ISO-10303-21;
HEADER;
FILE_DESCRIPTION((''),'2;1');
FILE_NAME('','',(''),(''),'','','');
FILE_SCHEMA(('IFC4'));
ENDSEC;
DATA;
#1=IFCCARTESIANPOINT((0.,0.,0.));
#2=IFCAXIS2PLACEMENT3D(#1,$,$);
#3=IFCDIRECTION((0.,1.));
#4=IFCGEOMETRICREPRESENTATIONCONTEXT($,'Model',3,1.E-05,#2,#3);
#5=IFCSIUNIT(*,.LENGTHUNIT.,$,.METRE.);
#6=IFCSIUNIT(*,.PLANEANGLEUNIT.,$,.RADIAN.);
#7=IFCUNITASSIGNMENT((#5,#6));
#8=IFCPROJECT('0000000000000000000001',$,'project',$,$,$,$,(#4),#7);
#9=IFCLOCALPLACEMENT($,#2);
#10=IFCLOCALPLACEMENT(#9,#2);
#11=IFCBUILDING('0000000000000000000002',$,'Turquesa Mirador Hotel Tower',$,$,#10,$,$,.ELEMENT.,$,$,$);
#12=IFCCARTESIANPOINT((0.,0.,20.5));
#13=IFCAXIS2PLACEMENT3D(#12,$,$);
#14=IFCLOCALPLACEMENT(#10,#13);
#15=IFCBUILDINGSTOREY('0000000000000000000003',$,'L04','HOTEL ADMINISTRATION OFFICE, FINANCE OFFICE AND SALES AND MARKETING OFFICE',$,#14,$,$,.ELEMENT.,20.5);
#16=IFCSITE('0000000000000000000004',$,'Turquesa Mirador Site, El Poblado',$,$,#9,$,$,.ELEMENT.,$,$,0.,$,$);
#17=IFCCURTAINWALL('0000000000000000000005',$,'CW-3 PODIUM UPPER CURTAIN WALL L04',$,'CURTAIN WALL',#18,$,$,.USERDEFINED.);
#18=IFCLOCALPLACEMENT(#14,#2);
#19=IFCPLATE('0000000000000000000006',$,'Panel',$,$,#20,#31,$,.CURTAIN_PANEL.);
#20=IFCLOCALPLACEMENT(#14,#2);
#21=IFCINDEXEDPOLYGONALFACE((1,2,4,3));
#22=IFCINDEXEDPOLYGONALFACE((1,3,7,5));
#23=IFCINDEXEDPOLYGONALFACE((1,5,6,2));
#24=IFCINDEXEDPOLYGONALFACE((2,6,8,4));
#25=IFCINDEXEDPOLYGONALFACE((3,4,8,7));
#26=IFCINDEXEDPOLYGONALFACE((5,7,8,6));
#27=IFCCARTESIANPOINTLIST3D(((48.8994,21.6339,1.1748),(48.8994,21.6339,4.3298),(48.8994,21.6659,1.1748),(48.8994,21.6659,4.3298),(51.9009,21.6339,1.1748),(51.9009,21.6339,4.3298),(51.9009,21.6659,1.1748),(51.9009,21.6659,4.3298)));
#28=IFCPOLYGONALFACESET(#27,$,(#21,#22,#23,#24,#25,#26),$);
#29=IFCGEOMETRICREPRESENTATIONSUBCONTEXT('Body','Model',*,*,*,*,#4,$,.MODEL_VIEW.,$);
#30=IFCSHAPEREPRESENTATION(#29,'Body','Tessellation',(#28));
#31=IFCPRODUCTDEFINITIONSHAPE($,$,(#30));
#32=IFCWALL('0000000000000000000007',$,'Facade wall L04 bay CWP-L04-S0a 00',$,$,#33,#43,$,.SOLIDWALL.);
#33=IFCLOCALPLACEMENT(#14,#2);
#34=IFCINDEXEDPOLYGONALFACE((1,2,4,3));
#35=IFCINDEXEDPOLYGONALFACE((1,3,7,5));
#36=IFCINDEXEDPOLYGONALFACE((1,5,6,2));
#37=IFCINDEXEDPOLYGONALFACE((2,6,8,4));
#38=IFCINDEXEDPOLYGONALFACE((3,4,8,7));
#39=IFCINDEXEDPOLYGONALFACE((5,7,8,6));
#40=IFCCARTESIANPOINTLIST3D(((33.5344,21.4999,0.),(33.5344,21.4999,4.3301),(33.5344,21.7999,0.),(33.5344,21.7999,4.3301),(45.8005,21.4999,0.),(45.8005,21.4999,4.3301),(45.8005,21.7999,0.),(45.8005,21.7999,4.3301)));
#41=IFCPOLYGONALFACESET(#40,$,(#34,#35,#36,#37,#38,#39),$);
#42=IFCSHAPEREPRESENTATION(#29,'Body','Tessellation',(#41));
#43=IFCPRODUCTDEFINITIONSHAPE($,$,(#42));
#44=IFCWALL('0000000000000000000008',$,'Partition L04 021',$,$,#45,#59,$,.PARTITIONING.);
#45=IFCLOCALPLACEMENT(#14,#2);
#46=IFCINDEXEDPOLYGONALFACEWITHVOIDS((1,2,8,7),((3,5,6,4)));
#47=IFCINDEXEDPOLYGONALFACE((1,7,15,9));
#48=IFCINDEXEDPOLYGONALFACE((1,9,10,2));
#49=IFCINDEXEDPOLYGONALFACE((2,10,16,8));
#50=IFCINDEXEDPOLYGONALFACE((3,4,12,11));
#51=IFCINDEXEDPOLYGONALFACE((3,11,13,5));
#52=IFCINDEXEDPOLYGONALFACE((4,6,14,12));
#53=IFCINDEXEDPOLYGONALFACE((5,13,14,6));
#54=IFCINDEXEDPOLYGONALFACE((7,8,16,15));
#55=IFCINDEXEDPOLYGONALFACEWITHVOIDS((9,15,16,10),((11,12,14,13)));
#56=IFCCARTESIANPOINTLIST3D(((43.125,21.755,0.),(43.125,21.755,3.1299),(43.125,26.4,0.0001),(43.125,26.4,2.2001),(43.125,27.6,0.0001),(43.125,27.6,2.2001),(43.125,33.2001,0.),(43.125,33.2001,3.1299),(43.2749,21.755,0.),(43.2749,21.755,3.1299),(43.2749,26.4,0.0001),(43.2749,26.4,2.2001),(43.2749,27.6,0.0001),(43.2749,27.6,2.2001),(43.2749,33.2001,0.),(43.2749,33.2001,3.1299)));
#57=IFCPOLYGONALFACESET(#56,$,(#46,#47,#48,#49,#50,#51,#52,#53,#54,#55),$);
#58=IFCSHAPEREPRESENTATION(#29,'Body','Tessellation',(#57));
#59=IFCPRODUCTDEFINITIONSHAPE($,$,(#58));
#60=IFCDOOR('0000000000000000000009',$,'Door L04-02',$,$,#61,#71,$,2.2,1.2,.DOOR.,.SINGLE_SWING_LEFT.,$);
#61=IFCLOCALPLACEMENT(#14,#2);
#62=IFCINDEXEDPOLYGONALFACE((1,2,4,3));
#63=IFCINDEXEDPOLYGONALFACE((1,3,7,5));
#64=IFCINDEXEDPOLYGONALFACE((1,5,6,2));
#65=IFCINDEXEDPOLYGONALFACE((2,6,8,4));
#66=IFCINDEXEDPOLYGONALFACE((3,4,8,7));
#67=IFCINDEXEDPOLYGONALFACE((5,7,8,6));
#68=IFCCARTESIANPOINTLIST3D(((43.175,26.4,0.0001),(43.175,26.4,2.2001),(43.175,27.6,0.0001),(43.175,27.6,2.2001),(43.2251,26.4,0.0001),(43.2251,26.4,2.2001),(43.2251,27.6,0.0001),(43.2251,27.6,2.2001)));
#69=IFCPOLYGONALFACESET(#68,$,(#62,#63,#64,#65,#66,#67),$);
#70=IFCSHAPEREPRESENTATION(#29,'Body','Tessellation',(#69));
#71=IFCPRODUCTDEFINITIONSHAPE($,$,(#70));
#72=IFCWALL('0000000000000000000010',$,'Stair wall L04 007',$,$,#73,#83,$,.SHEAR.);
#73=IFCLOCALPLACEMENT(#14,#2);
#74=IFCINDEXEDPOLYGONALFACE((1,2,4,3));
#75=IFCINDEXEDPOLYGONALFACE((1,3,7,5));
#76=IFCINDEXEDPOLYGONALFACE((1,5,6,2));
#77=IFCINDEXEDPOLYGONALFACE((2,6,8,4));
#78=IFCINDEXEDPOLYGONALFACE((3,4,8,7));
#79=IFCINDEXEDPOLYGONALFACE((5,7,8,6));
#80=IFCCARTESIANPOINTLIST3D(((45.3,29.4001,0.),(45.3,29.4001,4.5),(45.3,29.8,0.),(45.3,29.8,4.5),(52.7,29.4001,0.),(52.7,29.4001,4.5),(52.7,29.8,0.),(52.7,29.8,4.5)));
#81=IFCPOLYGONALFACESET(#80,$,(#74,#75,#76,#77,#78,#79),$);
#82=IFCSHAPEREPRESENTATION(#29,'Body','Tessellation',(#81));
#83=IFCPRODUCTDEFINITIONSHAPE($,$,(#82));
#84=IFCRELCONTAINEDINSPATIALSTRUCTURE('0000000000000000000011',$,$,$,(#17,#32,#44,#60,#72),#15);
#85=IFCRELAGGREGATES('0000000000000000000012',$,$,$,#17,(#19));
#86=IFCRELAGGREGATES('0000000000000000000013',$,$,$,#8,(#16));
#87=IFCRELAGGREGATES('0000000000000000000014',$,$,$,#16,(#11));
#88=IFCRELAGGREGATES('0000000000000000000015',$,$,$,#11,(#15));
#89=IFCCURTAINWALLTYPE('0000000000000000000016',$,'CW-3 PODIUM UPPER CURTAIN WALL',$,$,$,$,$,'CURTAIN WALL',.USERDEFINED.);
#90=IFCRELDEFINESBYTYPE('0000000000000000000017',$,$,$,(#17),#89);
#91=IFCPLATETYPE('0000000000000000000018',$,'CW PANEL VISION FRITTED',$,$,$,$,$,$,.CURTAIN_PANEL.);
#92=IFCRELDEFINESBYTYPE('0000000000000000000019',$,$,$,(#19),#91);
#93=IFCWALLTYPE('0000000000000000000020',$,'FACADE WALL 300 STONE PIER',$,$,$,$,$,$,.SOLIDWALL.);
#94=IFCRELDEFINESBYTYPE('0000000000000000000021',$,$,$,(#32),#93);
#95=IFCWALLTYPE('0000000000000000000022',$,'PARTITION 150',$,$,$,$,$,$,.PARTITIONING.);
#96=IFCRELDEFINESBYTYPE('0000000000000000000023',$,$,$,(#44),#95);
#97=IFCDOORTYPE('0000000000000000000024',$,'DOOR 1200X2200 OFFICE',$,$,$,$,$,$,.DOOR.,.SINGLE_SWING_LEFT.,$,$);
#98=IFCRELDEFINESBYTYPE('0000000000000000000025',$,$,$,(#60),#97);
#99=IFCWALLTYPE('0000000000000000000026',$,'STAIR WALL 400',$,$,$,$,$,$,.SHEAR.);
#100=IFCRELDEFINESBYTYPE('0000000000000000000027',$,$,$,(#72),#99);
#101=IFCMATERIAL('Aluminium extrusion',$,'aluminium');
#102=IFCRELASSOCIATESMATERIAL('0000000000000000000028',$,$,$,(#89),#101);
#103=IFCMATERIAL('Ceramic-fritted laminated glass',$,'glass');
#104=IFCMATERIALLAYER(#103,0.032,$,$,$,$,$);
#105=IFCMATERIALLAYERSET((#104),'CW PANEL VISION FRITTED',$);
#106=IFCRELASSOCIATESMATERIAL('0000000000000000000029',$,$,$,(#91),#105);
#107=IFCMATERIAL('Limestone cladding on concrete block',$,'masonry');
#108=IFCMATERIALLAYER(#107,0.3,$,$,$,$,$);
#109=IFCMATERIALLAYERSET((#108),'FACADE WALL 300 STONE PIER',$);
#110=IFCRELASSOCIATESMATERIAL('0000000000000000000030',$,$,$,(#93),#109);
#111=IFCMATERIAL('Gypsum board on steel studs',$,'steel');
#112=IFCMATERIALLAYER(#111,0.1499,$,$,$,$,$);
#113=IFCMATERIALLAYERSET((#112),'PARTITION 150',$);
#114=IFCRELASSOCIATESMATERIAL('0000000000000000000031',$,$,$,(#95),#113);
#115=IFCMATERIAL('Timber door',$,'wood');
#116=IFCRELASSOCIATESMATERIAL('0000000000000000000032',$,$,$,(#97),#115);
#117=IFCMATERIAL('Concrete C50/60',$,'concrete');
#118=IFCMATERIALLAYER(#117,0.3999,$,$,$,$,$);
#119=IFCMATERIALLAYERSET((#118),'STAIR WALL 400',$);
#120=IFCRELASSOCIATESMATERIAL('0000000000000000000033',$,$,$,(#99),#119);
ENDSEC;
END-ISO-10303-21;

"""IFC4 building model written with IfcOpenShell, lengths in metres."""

from ifc_helpers import new_model, si_unit, direction, frame, frame_2d, origin, origin_2d, place, context, subcontext, project, spatial, rectangle, extrude, material, layer, layer_set, type_object, element, fill, aggregate, save


model = new_model("IFC4")

# Units and contexts
model_context = context("Model", 3, precision=1e-05, world=origin(), true_north=direction((0.0, 1.0)))
body_context = subcontext(model_context, "Body", "Model", "MODEL_VIEW")
ifc_project = project(units=[si_unit("LENGTHUNIT", "METRE"), si_unit("PLANEANGLEUNIT", "RADIAN")], contexts=[model_context])

# Site, building, storey
site_placement = place(None, origin())
site = spatial("IfcSite", under=ifc_project, at=site_placement, Name="Turquesa Mirador Site, El Poblado", CompositionType="ELEMENT", RefElevation=0.0)
building_placement = place(site_placement, origin())
building = spatial("IfcBuilding", under=site, at=building_placement, Name="Turquesa Mirador Hotel Tower", CompositionType="ELEMENT")
storey_placement = place(building_placement, frame((0.0, 0.0, 20.5)))
storey = spatial("IfcBuildingStorey", under=building, at=storey_placement, Name="L04", Description="HOTEL ADMINISTRATION OFFICE, FINANCE OFFICE AND SALES AND MARKETING OFFICE", CompositionType="ELEMENT", Elevation=20.5)

# Curtain wall
ifc_material_1 = material(Name="Aluminium extrusion", Category="aluminium")
curtain_wall_type = type_object("IfcCurtainWallType", Name="CW-3 PODIUM UPPER CURTAIN WALL", ElementType="CURTAIN WALL", PredefinedType="USERDEFINED", material=ifc_material_1)
curtain_wall_placement = place(storey_placement, origin())
curtain_wall = element("IfcCurtainWall", 1, at=curtain_wall_placement, inside=storey, type_object=curtain_wall_type, Name="CW-3 PODIUM UPPER CURTAIN WALL L04", ObjectType="CURTAIN WALL", PredefinedType="USERDEFINED")

# Plate
ifc_material_2 = material(Name="Ceramic-fritted laminated glass", Category="glass")
ifc_layer_1 = layer(ifc_material_2, 0.032)
ifc_layer_set_1 = layer_set([ifc_layer_1], Name="CW PANEL VISION FRITTED")
plate_type_1 = type_object("IfcPlateType", Name="CW PANEL VISION FRITTED", PredefinedType="CURTAIN_PANEL", material=ifc_layer_set_1)
plate_1_placement = place(storey_placement, frame((50.4001, 21.6499, 1.1748), z_axis=(0.0, 0.0, 1.0), x_axis=(1.0, 0.0, 0.0)))
plate_1 = element("IfcPlate", 2, at=plate_1_placement, type_object=plate_type_1, Name="Panel", PredefinedType="CURTAIN_PANEL", context=body_context, shape_type="SweptSolid", body=[
    extrude(rectangle(XDim=3.0015, YDim=0.032, at=origin_2d()), origin(), (0.0, 0.0, 1.0), 3.155),
])
aggregate(curtain_wall, [plate_1])

# Wall
ifc_material_3 = material(Name="Limestone cladding on concrete block", Category="masonry")
ifc_layer_2 = layer(ifc_material_3, 0.3)
ifc_layer_set_2 = layer_set([ifc_layer_2], Name="FACADE WALL 300 STONE PIER")
wall_type_1 = type_object("IfcWallType", Name="FACADE WALL 300 STONE PIER", PredefinedType="SOLIDWALL", material=ifc_layer_set_2)
wall_1_placement = place(storey_placement, frame((33.5344, 21.6499, 0.0), z_axis=(0.0, 0.0, 1.0), x_axis=(1.0, 0.0, 0.0)))
element("IfcWall", 3, at=wall_1_placement, inside=storey, type_object=wall_type_1, Name="Facade wall L04 bay CWP-L04-S0a 00", PredefinedType="SOLIDWALL", context=body_context, shape_type="SweptSolid", body=[
    extrude(rectangle(XDim=12.2661, YDim=0.3, at=frame_2d((6.1331, 0.0))), origin(), (0.0, 0.0, 1.0), 4.3301),
])

# Wall, opening, door
ifc_material_4 = material(Name="Gypsum board on steel studs", Category="steel")
ifc_layer_3 = layer(ifc_material_4, 0.1499)
ifc_layer_set_3 = layer_set([ifc_layer_3], Name="PARTITION 150")
wall_type_2 = type_object("IfcWallType", Name="PARTITION 150", PredefinedType="PARTITIONING", material=ifc_layer_set_3)
wall_2_placement = place(storey_placement, frame((43.2, 21.7549, 0.0), z_axis=(0.0, 0.0, 1.0), x_axis=(0.0, 1.0, 0.0)))
wall_2 = element("IfcWall", 4, at=wall_2_placement, inside=storey, type_object=wall_type_2, Name="Partition L04 021", PredefinedType="PARTITIONING", context=body_context, shape_type="SweptSolid", body=[
    extrude(rectangle(XDim=11.4451, YDim=0.1499, at=frame_2d((5.7227, 0.0))), origin(), (0.0, 0.0, 1.0), 3.1299),
])
opening_placement = place(wall_2_placement, frame((4.645, 0.0, 0.0)))
opening = element("IfcOpeningElement", 5, at=opening_placement, cuts=wall_2, PredefinedType="OPENING", context=body_context, shape_type="SweptSolid", body=[
    extrude(rectangle(XDim=1.2, YDim=2.2, at=frame_2d((0.6001, 1.1001))), frame((0.0, 0.085, 0.0), z_axis=(0.0, -1.0, 0.0), x_axis=(1.0, 0.0, 0.0)), (0.0, 0.0, 1.0), 0.1699),
])
ifc_material_5 = material(Name="Timber door", Category="wood")
door_type = type_object("IfcDoorType", Name="DOOR 1200X2200 OFFICE", OperationType="SINGLE_SWING_LEFT", PredefinedType="DOOR", material=ifc_material_5)
door_placement = place(opening_placement, origin())
door = element("IfcDoor", 6, at=door_placement, inside=storey, type_object=door_type, Name="Door L04-02", OperationType="SINGLE_SWING_LEFT", OverallHeight=2.2, OverallWidth=1.2, PredefinedType="DOOR", context=body_context, shape_type="SweptSolid", body=[
    extrude(rectangle(XDim=1.2, YDim=2.2, at=frame_2d((0.6001, 1.1001))), frame((0.0, 0.0249, 0.0), z_axis=(0.0, -1.0, 0.0), x_axis=(1.0, 0.0, 0.0)), (0.0, 0.0, 1.0), 0.05),
])
fill(opening, door)

# Wall
ifc_material_6 = material(Name="Concrete C50/60", Category="concrete")
ifc_layer_4 = layer(ifc_material_6, 0.3999)
ifc_layer_set_4 = layer_set([ifc_layer_4], Name="STAIR WALL 400")
wall_type_3 = type_object("IfcWallType", Name="STAIR WALL 400", PredefinedType="SHEAR", material=ifc_layer_set_4)
wall_3_placement = place(storey_placement, frame((45.3, 29.6001, 0.0), z_axis=(0.0, 0.0, 1.0), x_axis=(1.0, 0.0, 0.0)))
element("IfcWall", 7, at=wall_3_placement, inside=storey, type_object=wall_type_3, Name="Stair wall L04 007", PredefinedType="SHEAR", context=body_context, shape_type="SweptSolid", body=[
    extrude(rectangle(XDim=7.3999, YDim=0.3999, at=frame_2d((3.7, 0.0))), origin(), (0.0, 0.0, 1.0), 4.5),
])

save(model, "model.ifc")
